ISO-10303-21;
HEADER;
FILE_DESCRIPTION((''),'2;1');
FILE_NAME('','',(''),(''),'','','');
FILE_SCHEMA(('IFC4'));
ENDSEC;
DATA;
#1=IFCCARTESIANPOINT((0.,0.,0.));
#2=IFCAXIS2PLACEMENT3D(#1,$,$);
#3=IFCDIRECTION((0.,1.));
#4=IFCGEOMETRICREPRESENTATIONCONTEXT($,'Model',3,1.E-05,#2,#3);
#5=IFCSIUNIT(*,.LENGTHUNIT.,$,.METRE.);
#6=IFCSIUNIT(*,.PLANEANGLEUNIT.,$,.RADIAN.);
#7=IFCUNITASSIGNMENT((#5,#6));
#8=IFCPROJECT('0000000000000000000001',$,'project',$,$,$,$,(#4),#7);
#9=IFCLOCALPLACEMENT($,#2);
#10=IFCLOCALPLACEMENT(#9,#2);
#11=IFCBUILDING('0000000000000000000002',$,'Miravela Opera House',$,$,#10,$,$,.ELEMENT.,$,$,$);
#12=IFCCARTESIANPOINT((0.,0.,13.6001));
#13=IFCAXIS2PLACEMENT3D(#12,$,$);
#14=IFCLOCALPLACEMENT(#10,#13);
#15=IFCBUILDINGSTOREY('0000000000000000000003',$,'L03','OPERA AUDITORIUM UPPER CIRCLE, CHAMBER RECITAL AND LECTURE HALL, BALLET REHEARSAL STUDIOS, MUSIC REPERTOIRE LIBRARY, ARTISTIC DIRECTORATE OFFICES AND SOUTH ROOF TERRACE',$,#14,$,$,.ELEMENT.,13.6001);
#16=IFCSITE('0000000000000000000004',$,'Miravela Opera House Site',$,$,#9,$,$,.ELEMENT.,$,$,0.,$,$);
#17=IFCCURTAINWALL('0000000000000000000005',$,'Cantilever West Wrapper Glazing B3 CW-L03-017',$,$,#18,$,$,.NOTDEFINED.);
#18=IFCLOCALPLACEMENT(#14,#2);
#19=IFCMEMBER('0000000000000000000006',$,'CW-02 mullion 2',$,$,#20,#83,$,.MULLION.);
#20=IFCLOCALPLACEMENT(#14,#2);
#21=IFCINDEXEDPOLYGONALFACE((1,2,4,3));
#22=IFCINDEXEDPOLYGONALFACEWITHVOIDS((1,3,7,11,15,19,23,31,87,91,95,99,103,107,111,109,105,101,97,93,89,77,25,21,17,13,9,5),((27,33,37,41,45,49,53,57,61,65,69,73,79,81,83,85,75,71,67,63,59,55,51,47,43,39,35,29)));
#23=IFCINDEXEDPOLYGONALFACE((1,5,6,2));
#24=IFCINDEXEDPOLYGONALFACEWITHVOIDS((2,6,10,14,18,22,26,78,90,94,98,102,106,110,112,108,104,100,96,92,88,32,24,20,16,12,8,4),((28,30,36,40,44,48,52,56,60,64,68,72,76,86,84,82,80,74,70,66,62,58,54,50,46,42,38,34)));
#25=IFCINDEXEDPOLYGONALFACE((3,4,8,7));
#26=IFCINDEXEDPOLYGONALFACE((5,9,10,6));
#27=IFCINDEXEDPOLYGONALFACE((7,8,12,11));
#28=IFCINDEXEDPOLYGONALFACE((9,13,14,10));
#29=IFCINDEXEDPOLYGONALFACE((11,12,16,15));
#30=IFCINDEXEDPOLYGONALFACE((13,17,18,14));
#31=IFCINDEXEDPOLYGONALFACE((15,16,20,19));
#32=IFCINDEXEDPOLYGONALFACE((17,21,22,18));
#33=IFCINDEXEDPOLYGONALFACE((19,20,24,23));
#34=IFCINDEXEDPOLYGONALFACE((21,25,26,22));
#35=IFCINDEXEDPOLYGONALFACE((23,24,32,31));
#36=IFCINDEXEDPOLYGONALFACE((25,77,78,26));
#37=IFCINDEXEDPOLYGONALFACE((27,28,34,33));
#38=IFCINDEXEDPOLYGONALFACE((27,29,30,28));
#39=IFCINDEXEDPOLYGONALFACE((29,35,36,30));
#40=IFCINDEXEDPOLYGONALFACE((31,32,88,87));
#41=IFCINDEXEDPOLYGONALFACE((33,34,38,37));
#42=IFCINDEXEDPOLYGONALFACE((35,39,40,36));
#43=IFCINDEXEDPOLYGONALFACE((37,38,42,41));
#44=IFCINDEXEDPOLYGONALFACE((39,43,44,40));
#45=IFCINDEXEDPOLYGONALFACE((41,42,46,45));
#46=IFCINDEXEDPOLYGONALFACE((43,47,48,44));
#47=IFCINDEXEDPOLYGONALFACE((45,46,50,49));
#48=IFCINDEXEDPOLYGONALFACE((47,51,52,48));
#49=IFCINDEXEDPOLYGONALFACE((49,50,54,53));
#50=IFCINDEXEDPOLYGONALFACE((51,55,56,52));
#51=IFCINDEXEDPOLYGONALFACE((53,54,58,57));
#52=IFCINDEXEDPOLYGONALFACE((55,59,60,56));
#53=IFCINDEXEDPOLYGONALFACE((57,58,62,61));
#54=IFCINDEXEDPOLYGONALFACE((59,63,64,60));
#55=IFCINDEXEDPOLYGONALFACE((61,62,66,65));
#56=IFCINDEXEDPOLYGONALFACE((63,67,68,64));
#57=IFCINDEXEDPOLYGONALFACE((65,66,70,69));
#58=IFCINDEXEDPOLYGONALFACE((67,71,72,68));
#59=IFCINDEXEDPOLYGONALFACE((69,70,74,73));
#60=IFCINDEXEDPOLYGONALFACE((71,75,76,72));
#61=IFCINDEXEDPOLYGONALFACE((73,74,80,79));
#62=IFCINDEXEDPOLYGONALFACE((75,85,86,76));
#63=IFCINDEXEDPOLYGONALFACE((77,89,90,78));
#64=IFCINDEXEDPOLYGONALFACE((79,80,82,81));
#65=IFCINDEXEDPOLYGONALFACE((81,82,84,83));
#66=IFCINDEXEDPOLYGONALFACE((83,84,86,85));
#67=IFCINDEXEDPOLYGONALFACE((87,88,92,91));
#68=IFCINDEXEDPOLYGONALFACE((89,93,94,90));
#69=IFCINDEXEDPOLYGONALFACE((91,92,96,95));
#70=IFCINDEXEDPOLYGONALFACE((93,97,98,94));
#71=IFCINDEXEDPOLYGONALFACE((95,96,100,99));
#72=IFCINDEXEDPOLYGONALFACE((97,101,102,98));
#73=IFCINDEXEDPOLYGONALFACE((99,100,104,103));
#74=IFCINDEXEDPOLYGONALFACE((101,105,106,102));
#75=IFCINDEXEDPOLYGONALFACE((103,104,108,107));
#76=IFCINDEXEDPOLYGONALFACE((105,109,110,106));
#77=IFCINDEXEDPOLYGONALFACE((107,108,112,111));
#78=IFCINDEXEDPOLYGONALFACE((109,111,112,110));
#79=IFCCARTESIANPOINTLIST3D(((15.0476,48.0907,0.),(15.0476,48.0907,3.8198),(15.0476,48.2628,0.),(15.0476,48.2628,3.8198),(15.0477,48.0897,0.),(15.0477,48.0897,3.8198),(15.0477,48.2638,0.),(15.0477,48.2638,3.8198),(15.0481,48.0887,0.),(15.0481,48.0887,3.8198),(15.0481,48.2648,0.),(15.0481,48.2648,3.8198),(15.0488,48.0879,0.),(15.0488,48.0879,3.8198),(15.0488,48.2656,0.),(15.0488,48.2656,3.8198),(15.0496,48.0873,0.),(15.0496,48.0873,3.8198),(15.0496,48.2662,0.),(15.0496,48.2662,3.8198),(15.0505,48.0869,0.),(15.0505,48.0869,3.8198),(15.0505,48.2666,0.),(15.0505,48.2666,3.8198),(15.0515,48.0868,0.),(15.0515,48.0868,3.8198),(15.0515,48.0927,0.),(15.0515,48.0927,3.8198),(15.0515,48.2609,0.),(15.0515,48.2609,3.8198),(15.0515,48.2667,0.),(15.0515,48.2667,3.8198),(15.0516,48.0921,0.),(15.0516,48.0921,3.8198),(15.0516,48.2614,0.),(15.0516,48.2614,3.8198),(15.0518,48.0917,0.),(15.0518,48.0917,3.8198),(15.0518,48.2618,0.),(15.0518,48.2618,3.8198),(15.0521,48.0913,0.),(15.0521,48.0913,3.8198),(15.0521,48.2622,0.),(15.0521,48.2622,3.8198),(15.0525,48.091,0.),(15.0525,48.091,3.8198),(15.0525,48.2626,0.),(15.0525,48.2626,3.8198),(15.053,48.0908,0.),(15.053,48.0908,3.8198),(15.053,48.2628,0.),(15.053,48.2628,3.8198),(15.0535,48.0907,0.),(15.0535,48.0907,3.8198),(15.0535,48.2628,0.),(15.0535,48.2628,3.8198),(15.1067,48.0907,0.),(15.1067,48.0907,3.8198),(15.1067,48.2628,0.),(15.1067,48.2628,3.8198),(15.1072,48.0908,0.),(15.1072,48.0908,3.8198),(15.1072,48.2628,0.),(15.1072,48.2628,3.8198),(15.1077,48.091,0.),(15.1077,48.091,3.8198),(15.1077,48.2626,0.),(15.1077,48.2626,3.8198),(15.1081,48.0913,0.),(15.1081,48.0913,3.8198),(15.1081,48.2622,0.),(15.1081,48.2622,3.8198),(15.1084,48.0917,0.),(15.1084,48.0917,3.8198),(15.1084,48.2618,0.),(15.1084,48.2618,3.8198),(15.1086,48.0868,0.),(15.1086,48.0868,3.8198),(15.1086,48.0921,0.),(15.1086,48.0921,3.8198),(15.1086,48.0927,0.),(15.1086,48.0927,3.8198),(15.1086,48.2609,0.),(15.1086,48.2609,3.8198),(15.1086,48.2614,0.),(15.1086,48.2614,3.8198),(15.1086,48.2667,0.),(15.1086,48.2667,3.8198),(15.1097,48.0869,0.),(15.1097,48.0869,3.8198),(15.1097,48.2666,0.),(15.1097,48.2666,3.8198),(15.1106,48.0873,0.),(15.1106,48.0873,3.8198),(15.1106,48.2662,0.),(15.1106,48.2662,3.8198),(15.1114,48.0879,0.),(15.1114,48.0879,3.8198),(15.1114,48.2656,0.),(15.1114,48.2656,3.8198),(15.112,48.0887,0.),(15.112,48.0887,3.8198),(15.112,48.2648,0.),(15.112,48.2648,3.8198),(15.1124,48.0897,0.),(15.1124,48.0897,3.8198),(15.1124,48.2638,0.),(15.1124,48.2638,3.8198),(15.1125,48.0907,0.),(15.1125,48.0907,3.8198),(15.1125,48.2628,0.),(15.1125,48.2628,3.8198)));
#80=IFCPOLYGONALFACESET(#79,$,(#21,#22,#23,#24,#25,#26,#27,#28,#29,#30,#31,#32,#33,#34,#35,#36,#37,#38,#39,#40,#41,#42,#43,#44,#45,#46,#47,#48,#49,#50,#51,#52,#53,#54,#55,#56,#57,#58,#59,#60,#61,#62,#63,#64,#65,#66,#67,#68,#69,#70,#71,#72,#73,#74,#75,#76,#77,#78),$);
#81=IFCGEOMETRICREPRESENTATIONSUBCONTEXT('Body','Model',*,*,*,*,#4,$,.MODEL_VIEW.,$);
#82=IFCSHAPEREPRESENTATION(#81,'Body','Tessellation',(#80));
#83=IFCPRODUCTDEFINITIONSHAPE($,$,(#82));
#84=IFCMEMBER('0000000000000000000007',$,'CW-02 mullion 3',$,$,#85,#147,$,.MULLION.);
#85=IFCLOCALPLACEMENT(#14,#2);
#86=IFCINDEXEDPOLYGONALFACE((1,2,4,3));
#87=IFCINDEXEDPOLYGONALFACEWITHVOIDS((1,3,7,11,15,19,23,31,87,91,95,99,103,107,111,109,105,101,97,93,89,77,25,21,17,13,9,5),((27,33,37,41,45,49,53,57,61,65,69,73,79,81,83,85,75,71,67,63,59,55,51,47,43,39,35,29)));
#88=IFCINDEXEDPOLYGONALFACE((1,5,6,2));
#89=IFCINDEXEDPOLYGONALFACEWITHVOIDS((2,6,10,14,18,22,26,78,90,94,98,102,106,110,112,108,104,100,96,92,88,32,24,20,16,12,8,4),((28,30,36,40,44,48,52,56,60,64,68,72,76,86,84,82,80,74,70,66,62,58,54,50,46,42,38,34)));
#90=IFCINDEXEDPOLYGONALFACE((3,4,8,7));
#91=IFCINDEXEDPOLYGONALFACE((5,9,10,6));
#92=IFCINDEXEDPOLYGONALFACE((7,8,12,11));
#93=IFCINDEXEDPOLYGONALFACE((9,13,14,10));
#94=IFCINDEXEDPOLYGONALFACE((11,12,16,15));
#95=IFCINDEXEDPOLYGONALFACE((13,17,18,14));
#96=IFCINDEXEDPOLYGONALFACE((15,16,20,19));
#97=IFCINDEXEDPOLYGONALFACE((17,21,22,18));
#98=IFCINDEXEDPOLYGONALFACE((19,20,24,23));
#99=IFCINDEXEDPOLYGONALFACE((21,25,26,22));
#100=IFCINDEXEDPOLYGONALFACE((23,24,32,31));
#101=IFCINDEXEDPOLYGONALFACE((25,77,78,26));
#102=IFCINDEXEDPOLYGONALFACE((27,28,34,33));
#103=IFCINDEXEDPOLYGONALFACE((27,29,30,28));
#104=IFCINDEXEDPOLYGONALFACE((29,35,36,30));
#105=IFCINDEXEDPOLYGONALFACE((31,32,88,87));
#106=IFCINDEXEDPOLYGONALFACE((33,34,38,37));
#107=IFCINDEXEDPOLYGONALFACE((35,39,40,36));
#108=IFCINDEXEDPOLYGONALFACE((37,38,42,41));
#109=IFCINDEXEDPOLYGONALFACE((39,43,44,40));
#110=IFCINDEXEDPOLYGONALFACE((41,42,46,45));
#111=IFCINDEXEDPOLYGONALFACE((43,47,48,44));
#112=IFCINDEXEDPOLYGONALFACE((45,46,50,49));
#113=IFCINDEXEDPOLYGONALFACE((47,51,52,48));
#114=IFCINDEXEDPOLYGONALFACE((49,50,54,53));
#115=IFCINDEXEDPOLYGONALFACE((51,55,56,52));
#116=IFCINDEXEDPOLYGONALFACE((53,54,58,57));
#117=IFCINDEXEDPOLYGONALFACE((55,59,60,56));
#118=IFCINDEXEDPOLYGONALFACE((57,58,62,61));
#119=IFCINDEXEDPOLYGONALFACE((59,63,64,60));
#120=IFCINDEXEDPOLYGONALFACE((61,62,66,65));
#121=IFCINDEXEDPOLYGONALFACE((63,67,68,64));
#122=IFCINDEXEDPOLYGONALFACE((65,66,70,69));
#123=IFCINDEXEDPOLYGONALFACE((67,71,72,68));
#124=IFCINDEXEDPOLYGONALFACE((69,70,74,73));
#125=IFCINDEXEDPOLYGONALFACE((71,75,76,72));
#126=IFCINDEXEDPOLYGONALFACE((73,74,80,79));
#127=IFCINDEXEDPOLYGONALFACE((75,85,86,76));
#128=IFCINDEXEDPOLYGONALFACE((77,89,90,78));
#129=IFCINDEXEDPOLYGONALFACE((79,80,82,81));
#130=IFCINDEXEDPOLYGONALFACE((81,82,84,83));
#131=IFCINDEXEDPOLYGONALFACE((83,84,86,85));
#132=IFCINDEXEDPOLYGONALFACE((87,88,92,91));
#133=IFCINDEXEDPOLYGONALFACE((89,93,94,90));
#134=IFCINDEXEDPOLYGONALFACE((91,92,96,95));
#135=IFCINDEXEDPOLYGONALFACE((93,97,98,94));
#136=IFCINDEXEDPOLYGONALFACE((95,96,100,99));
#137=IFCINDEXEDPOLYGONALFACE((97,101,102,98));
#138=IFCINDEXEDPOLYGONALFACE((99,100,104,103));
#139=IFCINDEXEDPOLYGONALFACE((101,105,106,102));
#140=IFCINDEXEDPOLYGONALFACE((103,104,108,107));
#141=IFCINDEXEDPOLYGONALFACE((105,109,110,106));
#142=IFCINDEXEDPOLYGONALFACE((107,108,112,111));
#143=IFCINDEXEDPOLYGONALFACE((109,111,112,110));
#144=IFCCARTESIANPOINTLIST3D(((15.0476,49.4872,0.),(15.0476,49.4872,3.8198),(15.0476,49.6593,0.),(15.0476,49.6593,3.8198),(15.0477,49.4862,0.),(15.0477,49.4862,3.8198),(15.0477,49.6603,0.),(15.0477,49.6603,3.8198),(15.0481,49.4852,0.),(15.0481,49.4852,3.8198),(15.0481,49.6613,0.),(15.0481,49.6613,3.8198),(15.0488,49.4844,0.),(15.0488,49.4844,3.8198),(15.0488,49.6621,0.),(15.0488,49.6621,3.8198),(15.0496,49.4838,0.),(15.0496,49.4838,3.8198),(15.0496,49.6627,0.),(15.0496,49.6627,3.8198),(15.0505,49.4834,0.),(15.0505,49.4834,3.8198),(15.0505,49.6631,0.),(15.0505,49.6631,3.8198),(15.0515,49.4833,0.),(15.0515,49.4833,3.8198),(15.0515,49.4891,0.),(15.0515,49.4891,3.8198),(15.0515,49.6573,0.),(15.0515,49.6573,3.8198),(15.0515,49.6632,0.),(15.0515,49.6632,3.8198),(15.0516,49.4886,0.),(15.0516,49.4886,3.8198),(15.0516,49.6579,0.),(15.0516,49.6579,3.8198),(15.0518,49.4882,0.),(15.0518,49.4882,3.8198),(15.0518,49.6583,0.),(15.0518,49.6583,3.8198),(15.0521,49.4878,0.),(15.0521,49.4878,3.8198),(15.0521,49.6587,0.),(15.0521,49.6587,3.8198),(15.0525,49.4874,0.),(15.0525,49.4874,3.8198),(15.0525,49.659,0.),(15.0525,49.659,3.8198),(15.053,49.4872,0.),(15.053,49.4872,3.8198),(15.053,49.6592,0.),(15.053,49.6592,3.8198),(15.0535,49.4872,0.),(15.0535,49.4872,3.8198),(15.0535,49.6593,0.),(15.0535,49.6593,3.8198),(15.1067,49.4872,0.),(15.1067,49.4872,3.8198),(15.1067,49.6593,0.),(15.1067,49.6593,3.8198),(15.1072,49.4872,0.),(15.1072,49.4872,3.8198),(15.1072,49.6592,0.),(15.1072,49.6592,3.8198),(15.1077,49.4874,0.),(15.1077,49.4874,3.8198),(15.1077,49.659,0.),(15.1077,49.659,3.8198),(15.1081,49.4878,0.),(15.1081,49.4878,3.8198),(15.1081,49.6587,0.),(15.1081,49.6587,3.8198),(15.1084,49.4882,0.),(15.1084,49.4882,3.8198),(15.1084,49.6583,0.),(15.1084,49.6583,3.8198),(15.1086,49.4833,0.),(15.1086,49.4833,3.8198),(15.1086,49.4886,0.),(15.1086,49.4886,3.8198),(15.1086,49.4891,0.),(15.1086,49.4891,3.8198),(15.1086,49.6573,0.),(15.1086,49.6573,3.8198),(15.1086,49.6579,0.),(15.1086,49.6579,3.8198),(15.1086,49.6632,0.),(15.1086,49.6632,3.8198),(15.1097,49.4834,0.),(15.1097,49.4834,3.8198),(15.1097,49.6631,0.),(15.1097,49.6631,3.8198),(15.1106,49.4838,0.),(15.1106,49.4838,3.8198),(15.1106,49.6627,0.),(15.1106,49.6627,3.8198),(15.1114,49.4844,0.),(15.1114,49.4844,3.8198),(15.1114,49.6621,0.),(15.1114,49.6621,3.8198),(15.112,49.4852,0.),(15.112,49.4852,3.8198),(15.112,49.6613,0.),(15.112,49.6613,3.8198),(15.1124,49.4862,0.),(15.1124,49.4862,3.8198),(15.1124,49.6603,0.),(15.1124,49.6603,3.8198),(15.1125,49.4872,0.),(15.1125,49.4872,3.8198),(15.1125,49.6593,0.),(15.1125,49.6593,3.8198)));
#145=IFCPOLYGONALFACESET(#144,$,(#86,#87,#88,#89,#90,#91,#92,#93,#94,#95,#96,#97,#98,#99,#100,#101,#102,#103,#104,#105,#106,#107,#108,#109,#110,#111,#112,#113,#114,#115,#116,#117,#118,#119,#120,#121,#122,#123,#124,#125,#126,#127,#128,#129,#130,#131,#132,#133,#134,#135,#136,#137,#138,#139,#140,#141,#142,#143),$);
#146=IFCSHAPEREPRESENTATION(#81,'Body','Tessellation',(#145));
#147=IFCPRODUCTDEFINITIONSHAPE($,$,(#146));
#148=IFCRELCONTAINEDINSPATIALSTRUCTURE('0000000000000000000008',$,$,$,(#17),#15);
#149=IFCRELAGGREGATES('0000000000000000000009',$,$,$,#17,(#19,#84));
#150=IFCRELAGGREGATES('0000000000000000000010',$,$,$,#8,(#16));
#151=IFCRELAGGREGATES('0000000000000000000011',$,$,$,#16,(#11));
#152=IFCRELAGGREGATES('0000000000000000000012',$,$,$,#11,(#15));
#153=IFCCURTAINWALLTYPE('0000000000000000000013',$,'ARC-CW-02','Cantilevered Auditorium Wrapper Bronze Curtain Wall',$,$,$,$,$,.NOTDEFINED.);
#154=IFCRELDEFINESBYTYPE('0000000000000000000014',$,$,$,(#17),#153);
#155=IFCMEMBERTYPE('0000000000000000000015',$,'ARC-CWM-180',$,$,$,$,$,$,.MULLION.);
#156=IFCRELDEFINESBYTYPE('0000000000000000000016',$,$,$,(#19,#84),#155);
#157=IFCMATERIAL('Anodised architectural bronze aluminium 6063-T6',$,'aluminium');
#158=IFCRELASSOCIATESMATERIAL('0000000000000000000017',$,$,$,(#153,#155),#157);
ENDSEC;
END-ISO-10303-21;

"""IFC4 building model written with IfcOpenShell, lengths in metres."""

from ifc_helpers import new_model, si_unit, direction, frame, origin, origin_2d, place, context, subcontext, project, spatial, hollow_rectangle, extrude, material, material_profile, profile_set, type_object, element, aggregate, save


model = new_model("IFC4")

# Units and contexts
model_context = context("Model", 3, precision=1e-05, world=origin(), true_north=direction((0.0, 1.0)))
body_context = subcontext(model_context, "Body", "Model", "MODEL_VIEW")
ifc_project = project(units=[si_unit("LENGTHUNIT", "METRE"), si_unit("PLANEANGLEUNIT", "RADIAN")], contexts=[model_context])

# Site, building, storey
site_placement = place(None, origin())
site = spatial("IfcSite", under=ifc_project, at=site_placement, Name="Miravela Opera House Site", CompositionType="ELEMENT", RefElevation=0.0)
building_placement = place(site_placement, origin())
building = spatial("IfcBuilding", under=site, at=building_placement, Name="Miravela Opera House", CompositionType="ELEMENT")
storey_placement = place(building_placement, frame((0.0, 0.0, 13.6001)))
storey = spatial("IfcBuildingStorey", under=building, at=storey_placement, Name="L03", Description="OPERA AUDITORIUM UPPER CIRCLE, CHAMBER RECITAL AND LECTURE HALL, BALLET REHEARSAL STUDIOS, MUSIC REPERTOIRE LIBRARY, ARTISTIC DIRECTORATE OFFICES AND SOUTH ROOF TERRACE", CompositionType="ELEMENT", Elevation=13.6001)

# Curtain wall, members
ifc_material_1 = material(Name="Anodised architectural bronze aluminium 6063-T6", Category="aluminium")
curtain_wall_type = type_object("IfcCurtainWallType", Name="ARC-CW-02", Description="Cantilevered Auditorium Wrapper Bronze Curtain Wall", PredefinedType="NOTDEFINED", material=ifc_material_1)
curtain_wall_1_placement = place(storey_placement, origin())
curtain_wall_1 = element("IfcCurtainWall", 1, at=curtain_wall_1_placement, inside=storey, type_object=curtain_wall_type, Name="Cantilever West Wrapper Glazing B3 CW-L03-017", PredefinedType="NOTDEFINED")
ifc_material_profile_1 = material_profile(ifc_material_1, hollow_rectangle(XDim=0.0649, YDim=0.1799, WallThickness=0.0039, InnerFilletRadius=0.002, OuterFilletRadius=0.0039, at=origin_2d()), Name="CWM-65X180")
ifc_profile_set_1 = profile_set([ifc_material_profile_1])
member_type_1 = type_object("IfcMemberType", Name="ARC-CWM-180", PredefinedType="MULLION", material=ifc_profile_set_1)
member_1_placement = place(storey_placement, frame((15.0801, 48.1768, 0.0), z_axis=(0.0, 0.0, 1.0), x_axis=(-1.0, 0.0, 0.0)))
member_1 = element("IfcMember", 2, at=member_1_placement, type_object=member_type_1, Name="CW-02 mullion 2", PredefinedType="MULLION", context=body_context, shape_type="SweptSolid", body=[
    extrude(hollow_rectangle(XDim=0.0649, YDim=0.1799, WallThickness=0.0039, InnerFilletRadius=0.002, OuterFilletRadius=0.0039, at=origin_2d()), origin(), (0.0, 0.0, 1.0), 3.8198),
])
member_2_placement = place(storey_placement, frame((15.0801, 49.5732, 0.0), z_axis=(0.0, 0.0, 1.0), x_axis=(-1.0, 0.0, 0.0)))
member_2 = element("IfcMember", 3, at=member_2_placement, type_object=member_type_1, Name="CW-02 mullion 3", PredefinedType="MULLION", context=body_context, shape_type="SweptSolid", body=[
    extrude(hollow_rectangle(XDim=0.0649, YDim=0.1799, WallThickness=0.0039, InnerFilletRadius=0.002, OuterFilletRadius=0.0039, at=origin_2d()), origin(), (0.0, 0.0, 1.0), 3.8198),
])

aggregate(curtain_wall_1, [member_1, member_2])

save(model, "model.ifc")
